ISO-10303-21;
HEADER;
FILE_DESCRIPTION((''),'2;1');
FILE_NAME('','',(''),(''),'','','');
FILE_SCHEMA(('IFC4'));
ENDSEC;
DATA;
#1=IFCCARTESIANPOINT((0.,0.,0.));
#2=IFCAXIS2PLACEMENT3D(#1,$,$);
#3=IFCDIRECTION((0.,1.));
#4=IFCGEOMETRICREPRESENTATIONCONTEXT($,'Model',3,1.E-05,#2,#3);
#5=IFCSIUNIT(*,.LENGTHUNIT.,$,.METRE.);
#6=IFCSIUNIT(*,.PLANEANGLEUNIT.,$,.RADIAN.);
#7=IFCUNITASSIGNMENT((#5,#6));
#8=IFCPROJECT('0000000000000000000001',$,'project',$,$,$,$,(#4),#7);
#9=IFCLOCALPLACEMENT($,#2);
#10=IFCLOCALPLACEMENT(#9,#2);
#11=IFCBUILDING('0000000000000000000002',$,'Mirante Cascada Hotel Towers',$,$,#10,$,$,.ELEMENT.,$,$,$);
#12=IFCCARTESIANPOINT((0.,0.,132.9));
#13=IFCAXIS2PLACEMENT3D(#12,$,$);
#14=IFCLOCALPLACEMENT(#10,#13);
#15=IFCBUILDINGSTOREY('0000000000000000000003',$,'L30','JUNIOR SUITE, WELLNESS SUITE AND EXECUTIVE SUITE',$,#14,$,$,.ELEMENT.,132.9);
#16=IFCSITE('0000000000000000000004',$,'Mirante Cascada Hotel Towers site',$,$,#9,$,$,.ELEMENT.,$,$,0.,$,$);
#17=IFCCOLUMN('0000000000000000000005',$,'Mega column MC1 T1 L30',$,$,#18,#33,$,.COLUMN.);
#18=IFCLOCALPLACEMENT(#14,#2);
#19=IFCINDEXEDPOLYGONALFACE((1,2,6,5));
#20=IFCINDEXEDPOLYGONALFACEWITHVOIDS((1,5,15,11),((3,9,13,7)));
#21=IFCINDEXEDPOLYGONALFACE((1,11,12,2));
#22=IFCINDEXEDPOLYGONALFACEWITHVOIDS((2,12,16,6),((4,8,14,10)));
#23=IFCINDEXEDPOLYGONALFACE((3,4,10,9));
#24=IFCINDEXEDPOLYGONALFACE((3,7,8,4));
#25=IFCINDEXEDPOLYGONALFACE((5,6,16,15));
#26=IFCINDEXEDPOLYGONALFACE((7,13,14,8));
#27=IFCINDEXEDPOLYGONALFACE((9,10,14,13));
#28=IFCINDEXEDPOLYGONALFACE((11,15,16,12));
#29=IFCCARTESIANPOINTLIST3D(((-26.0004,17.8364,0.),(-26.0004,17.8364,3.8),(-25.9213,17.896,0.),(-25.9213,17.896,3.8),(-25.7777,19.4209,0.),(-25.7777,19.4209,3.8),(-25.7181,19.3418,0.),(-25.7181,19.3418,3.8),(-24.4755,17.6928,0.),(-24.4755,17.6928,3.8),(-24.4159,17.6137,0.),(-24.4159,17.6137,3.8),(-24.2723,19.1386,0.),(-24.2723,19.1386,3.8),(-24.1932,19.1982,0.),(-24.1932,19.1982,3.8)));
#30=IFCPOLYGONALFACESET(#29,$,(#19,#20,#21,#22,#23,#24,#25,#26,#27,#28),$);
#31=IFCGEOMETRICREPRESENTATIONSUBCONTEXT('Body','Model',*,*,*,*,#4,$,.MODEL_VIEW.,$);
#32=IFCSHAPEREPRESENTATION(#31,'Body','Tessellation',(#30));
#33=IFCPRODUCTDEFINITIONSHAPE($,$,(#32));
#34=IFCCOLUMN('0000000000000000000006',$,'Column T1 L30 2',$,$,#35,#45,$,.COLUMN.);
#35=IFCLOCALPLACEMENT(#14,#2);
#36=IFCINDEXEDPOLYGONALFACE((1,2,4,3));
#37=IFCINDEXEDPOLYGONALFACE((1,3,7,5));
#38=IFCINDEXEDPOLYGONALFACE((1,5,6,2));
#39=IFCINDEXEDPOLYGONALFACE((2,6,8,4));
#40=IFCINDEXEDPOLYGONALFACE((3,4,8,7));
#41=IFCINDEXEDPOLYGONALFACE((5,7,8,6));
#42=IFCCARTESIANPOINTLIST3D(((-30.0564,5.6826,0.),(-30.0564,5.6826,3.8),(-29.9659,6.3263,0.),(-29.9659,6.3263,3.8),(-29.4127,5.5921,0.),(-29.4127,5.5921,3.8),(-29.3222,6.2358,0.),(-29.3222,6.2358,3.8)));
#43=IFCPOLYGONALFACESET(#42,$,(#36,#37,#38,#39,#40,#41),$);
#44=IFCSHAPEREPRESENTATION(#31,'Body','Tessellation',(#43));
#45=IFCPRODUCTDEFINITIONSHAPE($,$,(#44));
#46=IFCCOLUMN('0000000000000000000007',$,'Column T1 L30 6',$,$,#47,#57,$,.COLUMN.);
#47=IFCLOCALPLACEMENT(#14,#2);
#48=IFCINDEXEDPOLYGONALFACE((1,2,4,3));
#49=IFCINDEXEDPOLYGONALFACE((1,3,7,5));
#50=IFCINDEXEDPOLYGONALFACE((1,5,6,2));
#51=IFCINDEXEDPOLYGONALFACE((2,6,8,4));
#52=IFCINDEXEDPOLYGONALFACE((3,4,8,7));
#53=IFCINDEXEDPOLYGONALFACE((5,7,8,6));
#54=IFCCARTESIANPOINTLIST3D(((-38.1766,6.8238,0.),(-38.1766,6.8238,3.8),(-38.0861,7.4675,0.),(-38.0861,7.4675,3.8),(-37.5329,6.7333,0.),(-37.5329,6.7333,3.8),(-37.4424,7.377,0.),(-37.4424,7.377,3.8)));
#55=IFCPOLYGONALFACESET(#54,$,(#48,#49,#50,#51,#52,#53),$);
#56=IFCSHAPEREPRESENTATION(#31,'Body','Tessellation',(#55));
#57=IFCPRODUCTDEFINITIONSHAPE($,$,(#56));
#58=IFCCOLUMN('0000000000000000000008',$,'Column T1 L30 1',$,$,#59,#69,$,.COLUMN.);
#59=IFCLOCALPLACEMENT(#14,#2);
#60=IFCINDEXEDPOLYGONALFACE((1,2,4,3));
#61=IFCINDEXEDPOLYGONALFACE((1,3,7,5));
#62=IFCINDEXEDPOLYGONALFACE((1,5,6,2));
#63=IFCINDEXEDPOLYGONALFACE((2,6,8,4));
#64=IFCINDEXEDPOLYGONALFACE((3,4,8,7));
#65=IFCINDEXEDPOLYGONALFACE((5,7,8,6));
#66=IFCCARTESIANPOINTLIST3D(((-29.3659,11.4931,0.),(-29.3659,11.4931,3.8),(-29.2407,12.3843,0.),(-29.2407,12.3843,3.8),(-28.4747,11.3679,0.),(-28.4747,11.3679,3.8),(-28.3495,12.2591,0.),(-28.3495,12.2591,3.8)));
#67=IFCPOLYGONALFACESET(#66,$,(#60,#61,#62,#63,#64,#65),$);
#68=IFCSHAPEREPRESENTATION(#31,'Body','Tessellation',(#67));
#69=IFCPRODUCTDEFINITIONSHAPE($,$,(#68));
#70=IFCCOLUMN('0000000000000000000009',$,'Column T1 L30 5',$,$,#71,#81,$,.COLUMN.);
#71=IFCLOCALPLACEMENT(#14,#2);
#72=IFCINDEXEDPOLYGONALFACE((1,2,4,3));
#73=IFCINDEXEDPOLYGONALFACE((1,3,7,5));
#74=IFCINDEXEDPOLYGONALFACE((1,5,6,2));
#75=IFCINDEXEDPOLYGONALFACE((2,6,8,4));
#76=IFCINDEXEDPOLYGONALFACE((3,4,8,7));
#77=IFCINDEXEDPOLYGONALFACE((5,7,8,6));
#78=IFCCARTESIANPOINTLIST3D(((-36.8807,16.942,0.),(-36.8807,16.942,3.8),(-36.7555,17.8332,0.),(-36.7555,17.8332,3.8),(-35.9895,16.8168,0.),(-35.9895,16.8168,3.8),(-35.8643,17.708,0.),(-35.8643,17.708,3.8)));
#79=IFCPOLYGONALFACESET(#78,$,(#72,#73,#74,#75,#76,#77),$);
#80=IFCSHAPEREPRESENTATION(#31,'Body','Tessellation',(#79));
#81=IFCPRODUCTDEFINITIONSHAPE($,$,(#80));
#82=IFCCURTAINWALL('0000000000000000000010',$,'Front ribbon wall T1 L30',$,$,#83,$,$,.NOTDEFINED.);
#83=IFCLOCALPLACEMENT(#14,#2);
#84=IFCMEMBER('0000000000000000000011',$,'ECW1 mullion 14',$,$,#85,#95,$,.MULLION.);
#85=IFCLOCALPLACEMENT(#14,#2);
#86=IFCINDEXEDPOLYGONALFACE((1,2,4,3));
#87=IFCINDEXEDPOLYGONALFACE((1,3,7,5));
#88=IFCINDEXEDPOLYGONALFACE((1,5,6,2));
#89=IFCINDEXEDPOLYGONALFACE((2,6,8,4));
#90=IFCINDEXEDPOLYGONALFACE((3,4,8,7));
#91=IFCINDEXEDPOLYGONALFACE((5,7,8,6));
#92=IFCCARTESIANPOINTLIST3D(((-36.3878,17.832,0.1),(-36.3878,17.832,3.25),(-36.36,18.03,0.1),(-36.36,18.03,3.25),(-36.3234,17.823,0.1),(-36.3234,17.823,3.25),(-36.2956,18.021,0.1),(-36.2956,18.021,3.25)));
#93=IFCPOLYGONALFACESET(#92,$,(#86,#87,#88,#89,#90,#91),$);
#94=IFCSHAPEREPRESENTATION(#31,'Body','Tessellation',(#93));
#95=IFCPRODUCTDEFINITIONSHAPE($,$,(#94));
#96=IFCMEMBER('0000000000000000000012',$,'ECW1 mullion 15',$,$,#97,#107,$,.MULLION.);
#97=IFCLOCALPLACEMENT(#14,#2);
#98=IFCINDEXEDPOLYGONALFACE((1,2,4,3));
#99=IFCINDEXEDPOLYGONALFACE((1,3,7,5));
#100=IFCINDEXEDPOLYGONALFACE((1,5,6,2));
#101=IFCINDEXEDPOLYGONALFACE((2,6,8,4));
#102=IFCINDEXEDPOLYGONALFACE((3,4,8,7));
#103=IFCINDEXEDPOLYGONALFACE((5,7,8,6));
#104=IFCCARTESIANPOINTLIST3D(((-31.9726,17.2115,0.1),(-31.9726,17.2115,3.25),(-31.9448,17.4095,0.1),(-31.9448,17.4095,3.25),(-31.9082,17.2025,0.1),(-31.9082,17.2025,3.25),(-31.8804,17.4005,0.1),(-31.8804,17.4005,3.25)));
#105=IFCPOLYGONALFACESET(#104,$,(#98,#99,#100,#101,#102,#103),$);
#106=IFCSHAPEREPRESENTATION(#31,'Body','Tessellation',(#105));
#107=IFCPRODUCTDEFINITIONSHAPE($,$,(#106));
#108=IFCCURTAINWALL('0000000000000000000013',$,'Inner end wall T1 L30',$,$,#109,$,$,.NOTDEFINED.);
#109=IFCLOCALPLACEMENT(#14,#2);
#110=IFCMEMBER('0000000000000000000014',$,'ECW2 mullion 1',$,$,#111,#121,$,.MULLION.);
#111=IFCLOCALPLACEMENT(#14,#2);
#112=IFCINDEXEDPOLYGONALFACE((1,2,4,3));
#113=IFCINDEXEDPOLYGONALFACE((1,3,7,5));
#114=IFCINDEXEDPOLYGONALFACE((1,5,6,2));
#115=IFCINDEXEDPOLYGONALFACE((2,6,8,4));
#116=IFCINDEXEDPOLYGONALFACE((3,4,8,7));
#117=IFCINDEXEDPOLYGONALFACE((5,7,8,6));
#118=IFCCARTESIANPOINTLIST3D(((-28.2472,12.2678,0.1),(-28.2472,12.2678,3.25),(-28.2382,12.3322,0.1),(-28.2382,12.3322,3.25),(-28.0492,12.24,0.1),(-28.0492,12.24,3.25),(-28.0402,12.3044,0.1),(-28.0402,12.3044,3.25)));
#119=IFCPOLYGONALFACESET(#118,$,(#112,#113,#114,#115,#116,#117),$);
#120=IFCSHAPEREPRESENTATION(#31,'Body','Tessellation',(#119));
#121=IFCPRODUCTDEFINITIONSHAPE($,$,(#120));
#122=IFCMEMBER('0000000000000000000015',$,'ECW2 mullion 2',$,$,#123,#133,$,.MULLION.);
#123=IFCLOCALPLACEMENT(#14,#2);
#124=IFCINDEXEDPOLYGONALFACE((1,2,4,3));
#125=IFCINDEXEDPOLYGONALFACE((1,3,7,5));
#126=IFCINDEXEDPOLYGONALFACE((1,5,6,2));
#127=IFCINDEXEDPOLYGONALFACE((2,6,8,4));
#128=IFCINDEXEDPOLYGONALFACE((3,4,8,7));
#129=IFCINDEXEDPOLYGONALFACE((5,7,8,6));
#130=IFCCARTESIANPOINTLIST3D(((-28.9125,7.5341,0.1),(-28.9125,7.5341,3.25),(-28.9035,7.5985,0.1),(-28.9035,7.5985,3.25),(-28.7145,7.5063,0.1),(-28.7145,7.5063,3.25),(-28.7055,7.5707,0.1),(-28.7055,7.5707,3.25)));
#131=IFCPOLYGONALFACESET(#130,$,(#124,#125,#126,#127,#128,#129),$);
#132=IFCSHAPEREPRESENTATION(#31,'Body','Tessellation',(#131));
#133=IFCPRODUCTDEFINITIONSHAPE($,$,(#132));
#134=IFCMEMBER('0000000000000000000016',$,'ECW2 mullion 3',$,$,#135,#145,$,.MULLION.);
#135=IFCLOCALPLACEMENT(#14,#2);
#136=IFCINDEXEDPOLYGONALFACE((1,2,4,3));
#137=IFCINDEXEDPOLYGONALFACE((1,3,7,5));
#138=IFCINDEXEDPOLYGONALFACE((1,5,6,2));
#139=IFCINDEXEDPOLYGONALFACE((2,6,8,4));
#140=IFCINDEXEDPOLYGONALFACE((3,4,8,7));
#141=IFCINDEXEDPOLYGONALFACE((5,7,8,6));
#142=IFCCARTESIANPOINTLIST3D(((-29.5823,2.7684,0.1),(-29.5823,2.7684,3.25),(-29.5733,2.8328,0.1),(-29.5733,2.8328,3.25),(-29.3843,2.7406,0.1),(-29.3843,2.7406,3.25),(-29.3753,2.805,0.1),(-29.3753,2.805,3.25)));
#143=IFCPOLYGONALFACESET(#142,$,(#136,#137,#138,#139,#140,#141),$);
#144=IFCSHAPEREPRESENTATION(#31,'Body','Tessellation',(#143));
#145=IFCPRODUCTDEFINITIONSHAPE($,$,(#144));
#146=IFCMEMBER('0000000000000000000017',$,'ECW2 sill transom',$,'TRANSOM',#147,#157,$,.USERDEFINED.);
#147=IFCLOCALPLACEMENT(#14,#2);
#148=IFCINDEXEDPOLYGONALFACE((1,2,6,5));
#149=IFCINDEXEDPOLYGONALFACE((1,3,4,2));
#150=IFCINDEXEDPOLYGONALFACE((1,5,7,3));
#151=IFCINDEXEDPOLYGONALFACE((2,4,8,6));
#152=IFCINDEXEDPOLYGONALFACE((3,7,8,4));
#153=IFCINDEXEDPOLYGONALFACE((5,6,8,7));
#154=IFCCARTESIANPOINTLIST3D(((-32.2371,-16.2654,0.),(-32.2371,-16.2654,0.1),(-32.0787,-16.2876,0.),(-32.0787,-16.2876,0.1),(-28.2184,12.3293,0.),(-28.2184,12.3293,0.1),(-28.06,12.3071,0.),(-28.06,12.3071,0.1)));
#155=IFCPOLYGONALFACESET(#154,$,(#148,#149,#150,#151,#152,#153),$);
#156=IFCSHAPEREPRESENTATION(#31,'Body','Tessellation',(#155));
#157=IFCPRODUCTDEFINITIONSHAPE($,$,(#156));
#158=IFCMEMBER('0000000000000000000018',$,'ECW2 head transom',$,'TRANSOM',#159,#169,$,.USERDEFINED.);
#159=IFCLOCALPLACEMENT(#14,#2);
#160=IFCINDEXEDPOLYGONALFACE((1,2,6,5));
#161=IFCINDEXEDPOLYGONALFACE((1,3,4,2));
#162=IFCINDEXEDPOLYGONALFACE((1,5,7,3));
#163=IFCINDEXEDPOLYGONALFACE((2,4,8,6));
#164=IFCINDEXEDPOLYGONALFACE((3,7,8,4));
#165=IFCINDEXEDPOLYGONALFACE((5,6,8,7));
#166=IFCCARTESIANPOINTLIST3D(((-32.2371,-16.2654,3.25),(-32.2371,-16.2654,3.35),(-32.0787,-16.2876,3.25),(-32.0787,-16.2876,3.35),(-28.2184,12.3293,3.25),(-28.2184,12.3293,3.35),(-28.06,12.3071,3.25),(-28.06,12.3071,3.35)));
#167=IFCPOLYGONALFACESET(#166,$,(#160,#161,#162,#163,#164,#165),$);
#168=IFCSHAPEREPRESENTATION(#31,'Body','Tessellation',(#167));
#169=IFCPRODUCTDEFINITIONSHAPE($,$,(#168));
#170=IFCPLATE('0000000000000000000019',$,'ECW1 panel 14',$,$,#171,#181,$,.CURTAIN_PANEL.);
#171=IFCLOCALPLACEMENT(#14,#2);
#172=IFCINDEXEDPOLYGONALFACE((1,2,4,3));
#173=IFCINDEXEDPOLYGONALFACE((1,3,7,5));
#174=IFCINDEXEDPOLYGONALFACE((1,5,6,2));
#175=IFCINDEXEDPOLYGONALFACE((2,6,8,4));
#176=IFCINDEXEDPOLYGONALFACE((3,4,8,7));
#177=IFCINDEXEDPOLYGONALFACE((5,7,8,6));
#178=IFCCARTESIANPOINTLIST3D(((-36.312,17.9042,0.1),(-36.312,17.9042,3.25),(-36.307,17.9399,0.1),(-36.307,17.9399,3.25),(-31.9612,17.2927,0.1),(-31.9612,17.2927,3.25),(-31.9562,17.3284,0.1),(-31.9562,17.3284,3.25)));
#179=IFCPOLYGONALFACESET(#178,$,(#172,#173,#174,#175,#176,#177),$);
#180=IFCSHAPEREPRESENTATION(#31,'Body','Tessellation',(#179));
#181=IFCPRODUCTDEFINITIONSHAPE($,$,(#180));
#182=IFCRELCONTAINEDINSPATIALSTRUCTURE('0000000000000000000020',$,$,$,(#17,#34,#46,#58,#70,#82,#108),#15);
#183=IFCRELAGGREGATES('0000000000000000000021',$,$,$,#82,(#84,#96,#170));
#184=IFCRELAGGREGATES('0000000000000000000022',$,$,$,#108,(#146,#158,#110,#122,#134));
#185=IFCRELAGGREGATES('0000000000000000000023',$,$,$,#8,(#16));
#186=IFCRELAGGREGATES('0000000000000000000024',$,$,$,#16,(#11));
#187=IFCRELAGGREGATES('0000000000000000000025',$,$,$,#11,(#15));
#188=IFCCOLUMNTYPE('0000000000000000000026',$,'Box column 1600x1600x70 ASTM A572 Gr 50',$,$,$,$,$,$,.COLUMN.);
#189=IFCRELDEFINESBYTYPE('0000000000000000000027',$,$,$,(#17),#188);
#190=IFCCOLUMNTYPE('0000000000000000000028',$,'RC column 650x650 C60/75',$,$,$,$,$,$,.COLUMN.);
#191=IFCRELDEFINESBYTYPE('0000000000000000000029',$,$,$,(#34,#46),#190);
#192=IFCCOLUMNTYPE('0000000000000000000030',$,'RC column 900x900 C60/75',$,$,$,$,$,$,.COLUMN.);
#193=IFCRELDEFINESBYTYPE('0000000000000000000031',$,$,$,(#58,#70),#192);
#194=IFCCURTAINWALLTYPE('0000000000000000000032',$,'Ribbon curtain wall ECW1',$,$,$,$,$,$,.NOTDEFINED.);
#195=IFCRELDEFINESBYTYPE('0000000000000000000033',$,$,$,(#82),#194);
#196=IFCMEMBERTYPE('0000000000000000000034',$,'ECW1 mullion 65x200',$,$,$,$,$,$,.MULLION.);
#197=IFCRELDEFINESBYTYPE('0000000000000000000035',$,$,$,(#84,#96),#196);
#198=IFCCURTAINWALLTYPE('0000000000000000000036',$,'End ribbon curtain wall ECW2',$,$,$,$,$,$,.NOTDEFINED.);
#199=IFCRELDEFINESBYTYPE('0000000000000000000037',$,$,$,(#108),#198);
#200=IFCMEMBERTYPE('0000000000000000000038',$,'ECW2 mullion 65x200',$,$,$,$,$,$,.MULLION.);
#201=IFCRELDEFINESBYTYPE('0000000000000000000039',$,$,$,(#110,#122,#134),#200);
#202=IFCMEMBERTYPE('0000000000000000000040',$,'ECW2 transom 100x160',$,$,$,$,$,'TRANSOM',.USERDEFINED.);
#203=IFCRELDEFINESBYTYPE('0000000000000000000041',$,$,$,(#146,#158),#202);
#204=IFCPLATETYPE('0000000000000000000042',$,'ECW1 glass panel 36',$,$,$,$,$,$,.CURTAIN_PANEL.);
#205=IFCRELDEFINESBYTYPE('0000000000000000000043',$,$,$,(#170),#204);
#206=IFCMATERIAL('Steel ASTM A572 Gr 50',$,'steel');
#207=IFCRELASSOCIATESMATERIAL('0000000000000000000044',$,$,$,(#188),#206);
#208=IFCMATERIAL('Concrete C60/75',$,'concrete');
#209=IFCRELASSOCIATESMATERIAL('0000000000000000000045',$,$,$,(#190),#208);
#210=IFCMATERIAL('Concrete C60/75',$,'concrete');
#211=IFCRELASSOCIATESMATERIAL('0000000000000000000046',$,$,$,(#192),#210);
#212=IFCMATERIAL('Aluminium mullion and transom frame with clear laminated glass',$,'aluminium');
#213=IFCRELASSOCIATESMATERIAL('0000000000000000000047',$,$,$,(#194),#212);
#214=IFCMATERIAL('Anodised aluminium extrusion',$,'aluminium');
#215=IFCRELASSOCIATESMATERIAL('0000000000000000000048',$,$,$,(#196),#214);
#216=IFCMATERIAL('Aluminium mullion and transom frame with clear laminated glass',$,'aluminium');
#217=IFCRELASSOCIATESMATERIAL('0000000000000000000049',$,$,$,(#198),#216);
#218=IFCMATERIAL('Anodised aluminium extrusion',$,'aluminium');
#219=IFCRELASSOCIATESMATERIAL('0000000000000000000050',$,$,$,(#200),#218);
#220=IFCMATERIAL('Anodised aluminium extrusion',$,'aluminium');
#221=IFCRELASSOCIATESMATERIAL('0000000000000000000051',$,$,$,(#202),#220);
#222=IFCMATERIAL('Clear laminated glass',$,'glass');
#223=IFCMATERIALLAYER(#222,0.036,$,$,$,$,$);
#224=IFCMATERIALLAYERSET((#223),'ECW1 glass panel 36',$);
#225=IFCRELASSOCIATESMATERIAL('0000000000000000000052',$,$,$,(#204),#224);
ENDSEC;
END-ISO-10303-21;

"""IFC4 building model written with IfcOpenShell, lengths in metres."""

from ifc_helpers import new_model, si_unit, direction, frame, origin, origin_2d, place, context, subcontext, project, spatial, rectangle, hollow_rectangle, extrude, material, layer, layer_set, material_profile, profile_set, type_object, element, aggregate, save


model = new_model("IFC4")

# Units and contexts
model_context = context("Model", 3, precision=1e-05, world=origin(), true_north=direction((0.0, 1.0)))
body_context = subcontext(model_context, "Body", "Model", "MODEL_VIEW")
ifc_project = project(units=[si_unit("LENGTHUNIT", "METRE"), si_unit("PLANEANGLEUNIT", "RADIAN")], contexts=[model_context])

# Site, building, storey
site_placement = place(None, origin())
site = spatial("IfcSite", under=ifc_project, at=site_placement, Name="Mirante Cascada Hotel Towers site", CompositionType="ELEMENT", RefElevation=0.0)
building_placement = place(site_placement, origin())
building = spatial("IfcBuilding", under=site, at=building_placement, Name="Mirante Cascada Hotel Towers", CompositionType="ELEMENT")
storey_placement = place(building_placement, frame((0.0, 0.0, 132.9)))
storey = spatial("IfcBuildingStorey", under=building, at=storey_placement, Name="L30", Description="JUNIOR SUITE, WELLNESS SUITE AND EXECUTIVE SUITE", CompositionType="ELEMENT", Elevation=132.9)

# Columns
ifc_material_1 = material(Name="Steel ASTM A572 Gr 50", Category="steel")
ifc_material_profile_1 = material_profile(ifc_material_1, hollow_rectangle(XDim=1.6, YDim=1.6, WallThickness=0.07, at=origin_2d()), Name="Box column 1600x1600x70 ASTM A572 Gr 50")
ifc_profile_set_1 = profile_set([ifc_material_profile_1], Name="Steel ASTM A572 Gr 50")
column_type_1 = type_object("IfcColumnType", Name="Box column 1600x1600x70 ASTM A572 Gr 50", PredefinedType="COLUMN", material=ifc_profile_set_1)
column_placement = place(storey_placement, frame((-25.0968, 18.5173, 0.0), z_axis=(0.0, 0.0, 1.0), x_axis=(-0.990268, 0.139173, 0.0)))
element("IfcColumn", 1, at=column_placement, inside=storey, type_object=column_type_1, Name="Mega column MC1 T1 L30", PredefinedType="COLUMN", context=body_context, shape_type="SweptSolid", body=[
    extrude(hollow_rectangle(XDim=1.6, YDim=1.6, WallThickness=0.07, at=origin_2d()), origin(), (0.0, 0.0, 1.0), 3.8),
])
ifc_material_2 = material(Name="Concrete C60/75", Category="concrete")
ifc_material_profile_2 = material_profile(ifc_material_2, rectangle(XDim=0.65, YDim=0.65, at=origin_2d()), Name="RC column 650x650 C60/75")
ifc_profile_set_2 = profile_set([ifc_material_profile_2], Name="Concrete C60/75")
column_type_2 = type_object("IfcColumnType", Name="RC column 650x650 C60/75", PredefinedType="COLUMN", material=ifc_profile_set_2)
for number, where, z_axis, x_axis, name in (
    (2, (-29.6893, 5.9592, 0.0), (0.0, 0.0, 1.0), (-0.990268, 0.139173, 0.0), "Column T1 L30 2"),
    (3, (-37.8095, 7.1004, 0.0), (0.0, 0.0, 1.0), (-0.990268, 0.139173, 0.0), "Column T1 L30 6"),
):
    element("IfcColumn", number, at=place(storey_placement, frame(where, z_axis=z_axis, x_axis=x_axis)), inside=storey, type_object=column_type_2, Name=name, PredefinedType="COLUMN", context=body_context, shape_type="SweptSolid", body=[
        extrude(rectangle(XDim=0.65, YDim=0.65, at=origin_2d()), origin(), (0.0, 0.0, 1.0), 3.8),
    ])
ifc_material_3 = material(Name="Concrete C60/75", Category="concrete")
ifc_material_profile_3 = material_profile(ifc_material_3, rectangle(XDim=0.9, YDim=0.9, at=origin_2d()), Name="RC column 900x900 C60/75")
ifc_profile_set_3 = profile_set([ifc_material_profile_3], Name="Concrete C60/75")
column_type_3 = type_object("IfcColumnType", Name="RC column 900x900 C60/75", PredefinedType="COLUMN", material=ifc_profile_set_3)
for number, where, z_axis, x_axis, name in (
    (4, (-28.8577, 11.8761, 0.0), (0.0, 0.0, 1.0), (-0.990268, 0.139173, 0.0), "Column T1 L30 1"),
    (5, (-36.3725, 17.325, 0.0), (0.0, 0.0, 1.0), (-0.990268, 0.139173, 0.0), "Column T1 L30 5"),
):
    element("IfcColumn", number, at=place(storey_placement, frame(where, z_axis=z_axis, x_axis=x_axis)), inside=storey, type_object=column_type_3, Name=name, PredefinedType="COLUMN", context=body_context, shape_type="SweptSolid", body=[
        extrude(rectangle(XDim=0.9, YDim=0.9, at=origin_2d()), origin(), (0.0, 0.0, 1.0), 3.8),
    ])

# Curtain walls, members
ifc_material_4 = material(Name="Aluminium mullion and transom frame with clear laminated glass", Category="aluminium")
curtain_wall_type_1 = type_object("IfcCurtainWallType", Name="Ribbon curtain wall ECW1", PredefinedType="NOTDEFINED", material=ifc_material_4)
curtain_wall_1_placement = place(storey_placement, origin())
curtain_wall_1 = element("IfcCurtainWall", 6, at=curtain_wall_1_placement, inside=storey, type_object=curtain_wall_type_1, Name="Front ribbon wall T1 L30", PredefinedType="NOTDEFINED")
ifc_material_5 = material(Name="Anodised aluminium extrusion", Category="aluminium")
ifc_material_profile_4 = material_profile(ifc_material_5, rectangle(XDim=0.2, YDim=0.065, at=origin_2d()), Name="ECW1 MULLION 65x200")
ifc_profile_set_4 = profile_set([ifc_material_profile_4], Name="Anodised aluminium extrusion")
member_type_1 = type_object("IfcMemberType", Name="ECW1 mullion 65x200", PredefinedType="MULLION", material=ifc_profile_set_4)
member_1_placement = place(storey_placement, frame((-36.3417, 17.9265, 0.1), z_axis=(0.0, 0.0, 1.0), x_axis=(0.139173, 0.990268, 0.0)))
member_1 = element("IfcMember", 7, at=member_1_placement, type_object=member_type_1, Name="ECW1 mullion 14", PredefinedType="MULLION", context=body_context, shape_type="SweptSolid", body=[
    extrude(rectangle(XDim=0.2, YDim=0.065, at=origin_2d()), origin(), (0.0, 0.0, 1.0), 3.15),
])
member_2_placement = place(storey_placement, frame((-31.9265, 17.306, 0.1), z_axis=(0.0, 0.0, 1.0), x_axis=(0.139173, 0.990268, 0.0)))
member_2 = element("IfcMember", 8, at=member_2_placement, type_object=member_type_1, Name="ECW1 mullion 15", PredefinedType="MULLION", context=body_context, shape_type="SweptSolid", body=[
    extrude(rectangle(XDim=0.2, YDim=0.065, at=origin_2d()), origin(), (0.0, 0.0, 1.0), 3.15),
])
ifc_material_6 = material(Name="Aluminium mullion and transom frame with clear laminated glass", Category="aluminium")
curtain_wall_type_2 = type_object("IfcCurtainWallType", Name="End ribbon curtain wall ECW2", PredefinedType="NOTDEFINED", material=ifc_material_6)
curtain_wall_2_placement = place(storey_placement, origin())
curtain_wall_2 = element("IfcCurtainWall", 9, at=curtain_wall_2_placement, inside=storey, type_object=curtain_wall_type_2, Name="Inner end wall T1 L30", PredefinedType="NOTDEFINED")
ifc_material_7 = material(Name="Anodised aluminium extrusion", Category="aluminium")
ifc_material_profile_5 = material_profile(ifc_material_7, rectangle(XDim=0.2, YDim=0.065, at=origin_2d()), Name="ECW2 MULLION 65x200")
ifc_profile_set_5 = profile_set([ifc_material_profile_5], Name="Anodised aluminium extrusion")
member_type_2 = type_object("IfcMemberType", Name="ECW2 mullion 65x200", PredefinedType="MULLION", material=ifc_profile_set_5)
member_3_placement = place(storey_placement, frame((-28.1437, 12.2861, 0.1), z_axis=(0.0, 0.0, 1.0), x_axis=(0.990268, -0.139173, 0.0)))
member_3 = element("IfcMember", 10, at=member_3_placement, type_object=member_type_2, Name="ECW2 mullion 1", PredefinedType="MULLION", context=body_context, shape_type="SweptSolid", body=[
    extrude(rectangle(XDim=0.2, YDim=0.065, at=origin_2d()), origin(), (0.0, 0.0, 1.0), 3.15),
])
member_4_placement = place(storey_placement, frame((-28.809, 7.5524, 0.1), z_axis=(0.0, 0.0, 1.0), x_axis=(0.990268, -0.139173, 0.0)))
member_4 = element("IfcMember", 11, at=member_4_placement, type_object=member_type_2, Name="ECW2 mullion 2", PredefinedType="MULLION", context=body_context, shape_type="SweptSolid", body=[
    extrude(rectangle(XDim=0.2, YDim=0.065, at=origin_2d()), origin(), (0.0, 0.0, 1.0), 3.15),
])
member_5_placement = place(storey_placement, frame((-29.4788, 2.7867, 0.1), z_axis=(0.0, 0.0, 1.0), x_axis=(0.990268, -0.139173, 0.0)))
member_5 = element("IfcMember", 12, at=member_5_placement, type_object=member_type_2, Name="ECW2 mullion 3", PredefinedType="MULLION", context=body_context, shape_type="SweptSolid", body=[
    extrude(rectangle(XDim=0.2, YDim=0.065, at=origin_2d()), origin(), (0.0, 0.0, 1.0), 3.15),
])
ifc_material_8 = material(Name="Anodised aluminium extrusion", Category="aluminium")
ifc_material_profile_6 = material_profile(ifc_material_8, rectangle(XDim=0.16, YDim=0.1, at=origin_2d()), Name="ECW2 TRANSOM 100x160")
ifc_profile_set_6 = profile_set([ifc_material_profile_6], Name="Anodised aluminium extrusion")
member_type_3 = type_object("IfcMemberType", Name="ECW2 transom 100x160", ElementType="TRANSOM", PredefinedType="USERDEFINED", material=ifc_profile_set_6)
member_6_placement = place(storey_placement, frame((-28.1392, 12.3182, 0.05), z_axis=(-0.139172, -0.990268, 0.0), x_axis=(0.990268, -0.139172, 0.0)))
member_6 = element("IfcMember", 13, at=member_6_placement, type_object=member_type_3, Name="ECW2 sill transom", ObjectType="TRANSOM", PredefinedType="USERDEFINED", context=body_context, shape_type="SweptSolid", body=[
    extrude(rectangle(XDim=0.16, YDim=0.1, at=origin_2d()), origin(), (0.0, 0.0, 1.0), 28.8757),
])
member_7_placement = place(storey_placement, frame((-28.1392, 12.3182, 3.3), z_axis=(-0.139172, -0.990268, 0.0), x_axis=(0.990268, -0.139172, 0.0)))
member_7 = element("IfcMember", 14, at=member_7_placement, type_object=member_type_3, Name="ECW2 head transom", ObjectType="TRANSOM", PredefinedType="USERDEFINED", context=body_context, shape_type="SweptSolid", body=[
    extrude(rectangle(XDim=0.16, YDim=0.1, at=origin_2d()), origin(), (0.0, 0.0, 1.0), 28.8757),
])

# Plate
ifc_material_9 = material(Name="Clear laminated glass", Category="glass")
ifc_layer_1 = layer(ifc_material_9, 0.036)
ifc_layer_set_1 = layer_set([ifc_layer_1], Name="ECW1 glass panel 36")
plate_type_1 = type_object("IfcPlateType", Name="ECW1 glass panel 36", PredefinedType="CURTAIN_PANEL", material=ifc_layer_set_1)
plate_1_placement = place(storey_placement, frame((-34.1341, 17.6163, 0.1), z_axis=(0.0, 0.0, 1.0), x_axis=(0.990268, -0.139173, 0.0)))
plate_1 = element("IfcPlate", 15, at=plate_1_placement, type_object=plate_type_1, Name="ECW1 panel 14", PredefinedType="CURTAIN_PANEL", context=body_context, shape_type="SweptSolid", body=[
    extrude(rectangle(XDim=4.3936, YDim=0.036, at=origin_2d()), origin(), (0.0, 0.0, 1.0), 3.15),
])
aggregate(curtain_wall_1, [member_1, member_2, plate_1])
aggregate(curtain_wall_2, [member_6, member_7, member_3, member_4, member_5])

save(model, "model.ifc")
